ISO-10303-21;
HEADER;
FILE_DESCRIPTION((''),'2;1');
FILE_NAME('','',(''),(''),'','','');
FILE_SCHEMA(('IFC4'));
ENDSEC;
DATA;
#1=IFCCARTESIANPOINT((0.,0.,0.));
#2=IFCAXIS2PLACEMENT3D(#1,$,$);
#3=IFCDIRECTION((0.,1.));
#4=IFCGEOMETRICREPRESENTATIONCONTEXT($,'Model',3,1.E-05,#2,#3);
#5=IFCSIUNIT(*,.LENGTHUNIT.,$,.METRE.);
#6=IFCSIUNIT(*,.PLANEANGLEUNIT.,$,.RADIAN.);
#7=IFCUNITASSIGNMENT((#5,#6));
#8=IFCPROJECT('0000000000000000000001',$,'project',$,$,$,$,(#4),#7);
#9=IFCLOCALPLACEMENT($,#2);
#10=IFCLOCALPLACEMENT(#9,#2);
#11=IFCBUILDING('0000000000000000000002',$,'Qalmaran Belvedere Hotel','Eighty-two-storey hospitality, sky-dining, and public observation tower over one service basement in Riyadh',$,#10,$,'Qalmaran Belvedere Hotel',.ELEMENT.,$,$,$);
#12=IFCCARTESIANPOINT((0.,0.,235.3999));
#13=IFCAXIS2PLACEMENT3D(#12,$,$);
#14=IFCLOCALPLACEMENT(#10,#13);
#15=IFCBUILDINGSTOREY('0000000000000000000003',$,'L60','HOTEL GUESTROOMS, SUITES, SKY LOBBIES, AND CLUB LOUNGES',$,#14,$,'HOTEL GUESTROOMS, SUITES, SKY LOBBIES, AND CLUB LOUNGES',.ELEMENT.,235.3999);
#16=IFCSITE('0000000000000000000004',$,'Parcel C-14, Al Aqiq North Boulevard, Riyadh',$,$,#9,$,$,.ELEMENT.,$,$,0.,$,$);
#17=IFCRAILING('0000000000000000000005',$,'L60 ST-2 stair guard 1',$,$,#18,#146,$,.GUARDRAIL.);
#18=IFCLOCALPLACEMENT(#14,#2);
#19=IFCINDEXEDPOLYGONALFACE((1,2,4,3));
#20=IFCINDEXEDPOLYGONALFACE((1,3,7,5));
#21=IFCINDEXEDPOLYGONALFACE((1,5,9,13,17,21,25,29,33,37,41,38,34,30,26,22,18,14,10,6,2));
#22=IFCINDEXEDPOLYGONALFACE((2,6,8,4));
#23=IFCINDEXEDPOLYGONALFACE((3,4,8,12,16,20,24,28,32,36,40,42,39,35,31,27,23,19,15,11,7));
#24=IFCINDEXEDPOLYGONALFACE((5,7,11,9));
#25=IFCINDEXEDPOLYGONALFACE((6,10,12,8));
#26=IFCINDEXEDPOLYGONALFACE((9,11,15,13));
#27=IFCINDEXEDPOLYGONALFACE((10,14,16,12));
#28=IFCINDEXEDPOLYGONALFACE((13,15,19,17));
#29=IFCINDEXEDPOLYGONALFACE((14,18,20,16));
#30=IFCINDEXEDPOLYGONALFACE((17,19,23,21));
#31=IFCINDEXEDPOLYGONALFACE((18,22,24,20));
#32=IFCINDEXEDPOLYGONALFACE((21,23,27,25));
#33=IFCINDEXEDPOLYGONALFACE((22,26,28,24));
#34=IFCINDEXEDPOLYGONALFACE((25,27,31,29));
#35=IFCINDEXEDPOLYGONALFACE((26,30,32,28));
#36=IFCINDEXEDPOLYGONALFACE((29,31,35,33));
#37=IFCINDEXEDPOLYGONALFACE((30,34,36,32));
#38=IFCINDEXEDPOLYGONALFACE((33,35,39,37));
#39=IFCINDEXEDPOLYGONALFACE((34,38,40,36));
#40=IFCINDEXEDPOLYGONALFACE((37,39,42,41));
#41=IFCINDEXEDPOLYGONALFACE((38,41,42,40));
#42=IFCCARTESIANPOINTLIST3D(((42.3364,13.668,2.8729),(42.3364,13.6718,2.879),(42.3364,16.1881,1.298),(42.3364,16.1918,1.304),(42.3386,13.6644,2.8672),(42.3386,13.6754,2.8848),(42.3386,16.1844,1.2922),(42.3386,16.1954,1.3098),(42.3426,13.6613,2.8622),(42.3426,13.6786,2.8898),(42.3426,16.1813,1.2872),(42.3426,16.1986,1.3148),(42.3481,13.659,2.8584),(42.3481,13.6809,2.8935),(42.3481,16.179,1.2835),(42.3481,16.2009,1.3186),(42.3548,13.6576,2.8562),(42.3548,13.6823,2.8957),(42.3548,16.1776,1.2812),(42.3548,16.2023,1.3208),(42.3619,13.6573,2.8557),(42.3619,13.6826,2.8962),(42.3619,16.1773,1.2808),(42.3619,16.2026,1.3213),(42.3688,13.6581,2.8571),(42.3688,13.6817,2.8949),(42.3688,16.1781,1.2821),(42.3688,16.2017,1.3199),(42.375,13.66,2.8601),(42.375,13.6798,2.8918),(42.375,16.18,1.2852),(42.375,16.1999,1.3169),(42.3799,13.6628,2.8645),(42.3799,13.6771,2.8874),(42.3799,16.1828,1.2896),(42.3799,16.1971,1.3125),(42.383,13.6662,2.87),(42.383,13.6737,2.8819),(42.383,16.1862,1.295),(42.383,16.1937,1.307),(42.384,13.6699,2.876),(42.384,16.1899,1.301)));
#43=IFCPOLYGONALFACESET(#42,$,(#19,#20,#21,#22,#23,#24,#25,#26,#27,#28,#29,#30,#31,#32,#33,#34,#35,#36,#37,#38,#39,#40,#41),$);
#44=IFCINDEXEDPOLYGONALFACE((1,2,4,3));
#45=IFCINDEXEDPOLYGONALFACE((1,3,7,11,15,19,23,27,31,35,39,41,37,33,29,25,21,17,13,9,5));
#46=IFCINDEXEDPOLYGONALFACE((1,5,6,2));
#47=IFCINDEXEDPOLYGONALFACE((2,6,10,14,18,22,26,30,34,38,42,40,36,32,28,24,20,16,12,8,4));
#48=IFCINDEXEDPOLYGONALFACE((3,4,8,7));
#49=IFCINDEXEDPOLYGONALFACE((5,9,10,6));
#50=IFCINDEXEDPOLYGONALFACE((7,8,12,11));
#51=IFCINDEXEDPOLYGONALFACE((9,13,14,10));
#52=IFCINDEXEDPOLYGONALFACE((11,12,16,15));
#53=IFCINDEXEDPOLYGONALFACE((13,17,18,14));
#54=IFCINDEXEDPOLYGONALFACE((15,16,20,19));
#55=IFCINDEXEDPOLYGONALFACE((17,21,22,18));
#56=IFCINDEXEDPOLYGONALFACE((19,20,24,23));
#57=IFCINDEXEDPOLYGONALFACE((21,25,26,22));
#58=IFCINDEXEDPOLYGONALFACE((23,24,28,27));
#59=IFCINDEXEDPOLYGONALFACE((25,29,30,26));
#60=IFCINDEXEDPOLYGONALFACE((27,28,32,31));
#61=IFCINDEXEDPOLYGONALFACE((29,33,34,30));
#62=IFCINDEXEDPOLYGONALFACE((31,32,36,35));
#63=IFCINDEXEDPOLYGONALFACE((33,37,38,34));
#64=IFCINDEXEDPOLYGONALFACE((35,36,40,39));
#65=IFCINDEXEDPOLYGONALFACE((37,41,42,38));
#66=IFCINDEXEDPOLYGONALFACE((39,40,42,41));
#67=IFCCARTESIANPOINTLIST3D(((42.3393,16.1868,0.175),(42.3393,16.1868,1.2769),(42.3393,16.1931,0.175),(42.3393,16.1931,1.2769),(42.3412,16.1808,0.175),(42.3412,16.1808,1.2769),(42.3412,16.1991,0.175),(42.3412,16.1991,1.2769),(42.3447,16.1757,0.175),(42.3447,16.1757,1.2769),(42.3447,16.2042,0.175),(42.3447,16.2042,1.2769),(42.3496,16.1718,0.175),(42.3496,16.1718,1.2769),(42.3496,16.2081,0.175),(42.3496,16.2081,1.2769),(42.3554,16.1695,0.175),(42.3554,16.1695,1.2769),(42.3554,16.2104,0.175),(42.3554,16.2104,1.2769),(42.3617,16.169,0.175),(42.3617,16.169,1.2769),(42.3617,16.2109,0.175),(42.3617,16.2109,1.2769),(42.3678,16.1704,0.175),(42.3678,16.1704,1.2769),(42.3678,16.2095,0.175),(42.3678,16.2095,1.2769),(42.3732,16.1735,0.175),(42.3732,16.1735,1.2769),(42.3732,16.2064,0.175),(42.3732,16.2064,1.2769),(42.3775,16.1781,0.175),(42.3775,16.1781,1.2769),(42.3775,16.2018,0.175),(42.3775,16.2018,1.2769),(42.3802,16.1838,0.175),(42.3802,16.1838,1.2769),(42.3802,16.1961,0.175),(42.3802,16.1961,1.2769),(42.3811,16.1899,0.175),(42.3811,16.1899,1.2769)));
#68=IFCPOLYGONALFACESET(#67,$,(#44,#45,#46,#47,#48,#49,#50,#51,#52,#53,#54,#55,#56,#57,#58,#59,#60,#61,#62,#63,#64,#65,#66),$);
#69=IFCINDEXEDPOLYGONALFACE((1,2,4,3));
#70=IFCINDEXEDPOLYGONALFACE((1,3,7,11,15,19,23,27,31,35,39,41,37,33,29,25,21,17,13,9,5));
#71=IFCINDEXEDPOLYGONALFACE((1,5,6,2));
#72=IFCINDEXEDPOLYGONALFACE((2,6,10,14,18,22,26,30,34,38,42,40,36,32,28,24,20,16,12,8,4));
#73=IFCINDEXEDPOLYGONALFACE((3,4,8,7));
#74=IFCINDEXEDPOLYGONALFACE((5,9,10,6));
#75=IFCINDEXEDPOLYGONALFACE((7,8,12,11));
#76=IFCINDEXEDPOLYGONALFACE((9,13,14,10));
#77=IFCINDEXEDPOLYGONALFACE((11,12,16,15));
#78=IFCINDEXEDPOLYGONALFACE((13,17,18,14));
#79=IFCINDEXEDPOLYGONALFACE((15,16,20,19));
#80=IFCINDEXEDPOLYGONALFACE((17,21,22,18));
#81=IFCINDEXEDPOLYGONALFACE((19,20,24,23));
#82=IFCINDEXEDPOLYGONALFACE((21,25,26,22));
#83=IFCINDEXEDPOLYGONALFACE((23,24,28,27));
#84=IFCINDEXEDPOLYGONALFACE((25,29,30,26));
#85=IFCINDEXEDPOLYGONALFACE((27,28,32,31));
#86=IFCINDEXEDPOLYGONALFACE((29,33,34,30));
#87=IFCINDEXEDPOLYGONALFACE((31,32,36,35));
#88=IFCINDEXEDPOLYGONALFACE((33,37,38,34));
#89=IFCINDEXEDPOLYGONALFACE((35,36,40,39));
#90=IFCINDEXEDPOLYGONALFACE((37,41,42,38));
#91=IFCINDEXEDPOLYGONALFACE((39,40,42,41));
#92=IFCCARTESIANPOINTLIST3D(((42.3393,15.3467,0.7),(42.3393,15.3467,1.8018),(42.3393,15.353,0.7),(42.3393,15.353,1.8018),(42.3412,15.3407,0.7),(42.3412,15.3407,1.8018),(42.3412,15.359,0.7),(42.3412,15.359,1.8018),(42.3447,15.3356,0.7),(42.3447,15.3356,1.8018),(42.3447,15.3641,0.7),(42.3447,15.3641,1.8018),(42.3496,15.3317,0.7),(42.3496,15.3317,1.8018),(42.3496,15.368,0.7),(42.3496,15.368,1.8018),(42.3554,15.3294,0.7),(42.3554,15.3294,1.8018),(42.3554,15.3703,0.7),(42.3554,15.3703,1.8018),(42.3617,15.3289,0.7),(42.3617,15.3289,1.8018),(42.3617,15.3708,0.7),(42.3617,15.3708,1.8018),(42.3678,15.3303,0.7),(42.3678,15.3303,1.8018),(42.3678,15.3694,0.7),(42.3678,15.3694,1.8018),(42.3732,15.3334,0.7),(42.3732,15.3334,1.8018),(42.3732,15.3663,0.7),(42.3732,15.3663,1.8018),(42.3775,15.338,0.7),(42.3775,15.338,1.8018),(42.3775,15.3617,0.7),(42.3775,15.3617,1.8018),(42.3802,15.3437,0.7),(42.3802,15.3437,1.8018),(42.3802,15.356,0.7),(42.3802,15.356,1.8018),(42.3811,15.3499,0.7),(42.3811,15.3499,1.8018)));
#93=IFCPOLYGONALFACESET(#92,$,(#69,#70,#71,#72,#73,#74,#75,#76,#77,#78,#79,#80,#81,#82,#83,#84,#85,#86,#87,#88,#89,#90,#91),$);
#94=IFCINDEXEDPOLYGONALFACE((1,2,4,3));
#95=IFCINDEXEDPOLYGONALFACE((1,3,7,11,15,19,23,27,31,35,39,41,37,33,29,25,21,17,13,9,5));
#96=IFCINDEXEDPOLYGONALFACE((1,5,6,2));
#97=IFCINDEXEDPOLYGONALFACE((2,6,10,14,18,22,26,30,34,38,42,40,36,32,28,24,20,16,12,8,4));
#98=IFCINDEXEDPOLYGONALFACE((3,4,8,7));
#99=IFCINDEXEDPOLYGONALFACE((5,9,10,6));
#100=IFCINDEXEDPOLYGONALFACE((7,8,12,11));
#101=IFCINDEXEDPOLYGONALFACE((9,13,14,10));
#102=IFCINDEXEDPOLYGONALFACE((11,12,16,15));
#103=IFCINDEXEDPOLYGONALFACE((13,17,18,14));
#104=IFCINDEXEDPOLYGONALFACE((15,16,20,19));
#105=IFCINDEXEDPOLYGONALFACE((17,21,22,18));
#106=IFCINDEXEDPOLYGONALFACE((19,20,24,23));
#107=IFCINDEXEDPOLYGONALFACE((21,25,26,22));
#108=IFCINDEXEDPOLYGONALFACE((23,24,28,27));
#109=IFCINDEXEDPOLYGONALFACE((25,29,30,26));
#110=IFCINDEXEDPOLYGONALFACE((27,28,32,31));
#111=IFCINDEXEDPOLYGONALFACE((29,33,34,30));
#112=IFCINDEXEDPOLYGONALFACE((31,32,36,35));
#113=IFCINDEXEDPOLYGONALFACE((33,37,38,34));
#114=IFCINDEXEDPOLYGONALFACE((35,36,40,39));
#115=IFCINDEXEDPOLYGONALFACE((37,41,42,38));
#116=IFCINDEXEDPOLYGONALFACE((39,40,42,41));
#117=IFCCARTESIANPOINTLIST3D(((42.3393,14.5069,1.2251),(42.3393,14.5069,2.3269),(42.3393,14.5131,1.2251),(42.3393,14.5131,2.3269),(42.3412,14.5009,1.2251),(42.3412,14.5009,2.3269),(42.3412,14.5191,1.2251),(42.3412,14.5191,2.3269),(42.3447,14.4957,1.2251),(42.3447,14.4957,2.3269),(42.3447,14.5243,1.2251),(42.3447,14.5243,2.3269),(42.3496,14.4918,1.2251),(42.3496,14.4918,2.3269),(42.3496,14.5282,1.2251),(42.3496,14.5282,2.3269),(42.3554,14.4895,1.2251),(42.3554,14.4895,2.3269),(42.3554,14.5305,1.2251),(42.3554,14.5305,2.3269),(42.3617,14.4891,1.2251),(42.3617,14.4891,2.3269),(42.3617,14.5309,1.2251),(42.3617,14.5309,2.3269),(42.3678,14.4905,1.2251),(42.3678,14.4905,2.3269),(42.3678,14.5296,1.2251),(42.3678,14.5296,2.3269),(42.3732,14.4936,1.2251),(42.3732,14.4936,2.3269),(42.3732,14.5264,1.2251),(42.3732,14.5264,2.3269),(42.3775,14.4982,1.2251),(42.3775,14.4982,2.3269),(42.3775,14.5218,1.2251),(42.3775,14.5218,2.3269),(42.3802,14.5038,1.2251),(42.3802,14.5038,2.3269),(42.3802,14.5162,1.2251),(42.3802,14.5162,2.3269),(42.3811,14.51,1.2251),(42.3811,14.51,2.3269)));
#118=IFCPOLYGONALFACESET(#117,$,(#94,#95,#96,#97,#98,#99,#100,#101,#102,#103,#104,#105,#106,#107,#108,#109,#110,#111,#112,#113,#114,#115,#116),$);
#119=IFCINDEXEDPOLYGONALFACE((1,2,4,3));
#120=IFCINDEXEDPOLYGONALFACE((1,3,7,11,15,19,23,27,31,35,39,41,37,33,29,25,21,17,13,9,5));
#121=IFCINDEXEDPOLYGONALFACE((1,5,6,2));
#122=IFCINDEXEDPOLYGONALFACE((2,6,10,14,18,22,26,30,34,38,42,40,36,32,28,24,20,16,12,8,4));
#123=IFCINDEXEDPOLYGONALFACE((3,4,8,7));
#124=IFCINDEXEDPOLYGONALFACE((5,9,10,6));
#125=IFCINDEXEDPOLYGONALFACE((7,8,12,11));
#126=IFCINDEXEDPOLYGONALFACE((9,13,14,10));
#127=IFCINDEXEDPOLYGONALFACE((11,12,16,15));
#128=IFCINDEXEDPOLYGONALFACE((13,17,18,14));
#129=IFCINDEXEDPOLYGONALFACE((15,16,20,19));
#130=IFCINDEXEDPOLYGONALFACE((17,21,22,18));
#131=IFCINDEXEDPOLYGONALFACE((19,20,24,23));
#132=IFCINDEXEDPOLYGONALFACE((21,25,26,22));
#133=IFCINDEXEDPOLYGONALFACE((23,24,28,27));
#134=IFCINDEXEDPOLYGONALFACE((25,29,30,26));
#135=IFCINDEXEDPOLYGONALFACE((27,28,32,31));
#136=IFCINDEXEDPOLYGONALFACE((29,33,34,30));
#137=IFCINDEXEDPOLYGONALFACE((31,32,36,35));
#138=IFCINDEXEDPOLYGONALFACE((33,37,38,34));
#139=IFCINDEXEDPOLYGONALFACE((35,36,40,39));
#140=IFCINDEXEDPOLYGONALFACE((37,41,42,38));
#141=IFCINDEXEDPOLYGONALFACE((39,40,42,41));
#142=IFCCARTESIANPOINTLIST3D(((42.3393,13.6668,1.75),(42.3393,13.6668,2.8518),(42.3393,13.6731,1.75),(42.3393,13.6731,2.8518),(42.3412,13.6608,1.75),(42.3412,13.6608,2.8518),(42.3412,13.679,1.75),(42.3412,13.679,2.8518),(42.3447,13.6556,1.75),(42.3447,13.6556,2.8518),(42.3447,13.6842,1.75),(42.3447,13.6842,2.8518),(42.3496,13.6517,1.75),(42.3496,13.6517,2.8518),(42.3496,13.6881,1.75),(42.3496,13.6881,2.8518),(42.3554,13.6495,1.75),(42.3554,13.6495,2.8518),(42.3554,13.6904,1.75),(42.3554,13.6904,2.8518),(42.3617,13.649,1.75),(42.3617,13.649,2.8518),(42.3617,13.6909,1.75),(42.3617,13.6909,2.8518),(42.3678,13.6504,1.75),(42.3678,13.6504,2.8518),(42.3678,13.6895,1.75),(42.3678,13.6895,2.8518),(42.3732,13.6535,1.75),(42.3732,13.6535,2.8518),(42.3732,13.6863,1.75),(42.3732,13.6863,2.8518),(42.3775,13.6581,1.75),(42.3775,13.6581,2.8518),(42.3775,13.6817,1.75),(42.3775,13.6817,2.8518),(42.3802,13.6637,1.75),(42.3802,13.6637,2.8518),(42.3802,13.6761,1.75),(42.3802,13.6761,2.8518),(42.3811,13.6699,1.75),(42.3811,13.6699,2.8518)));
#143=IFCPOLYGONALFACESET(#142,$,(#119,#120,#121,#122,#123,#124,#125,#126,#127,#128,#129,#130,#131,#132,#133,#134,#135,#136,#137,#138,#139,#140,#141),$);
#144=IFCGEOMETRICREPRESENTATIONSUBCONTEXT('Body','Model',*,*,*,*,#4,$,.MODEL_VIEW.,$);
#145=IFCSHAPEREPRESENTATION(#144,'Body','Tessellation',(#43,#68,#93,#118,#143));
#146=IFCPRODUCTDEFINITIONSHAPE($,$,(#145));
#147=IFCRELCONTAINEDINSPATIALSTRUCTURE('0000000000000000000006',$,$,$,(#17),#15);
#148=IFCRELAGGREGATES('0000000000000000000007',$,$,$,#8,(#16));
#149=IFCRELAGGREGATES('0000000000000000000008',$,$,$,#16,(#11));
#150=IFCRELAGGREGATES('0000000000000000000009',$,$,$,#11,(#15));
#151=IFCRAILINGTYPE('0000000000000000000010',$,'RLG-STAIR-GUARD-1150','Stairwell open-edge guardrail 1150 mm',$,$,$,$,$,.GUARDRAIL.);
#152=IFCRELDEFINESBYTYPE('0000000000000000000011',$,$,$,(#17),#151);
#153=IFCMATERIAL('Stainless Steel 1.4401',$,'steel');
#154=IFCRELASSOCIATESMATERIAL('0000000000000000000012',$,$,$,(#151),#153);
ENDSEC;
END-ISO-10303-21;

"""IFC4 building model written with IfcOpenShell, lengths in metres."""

from ifc_helpers import new_model, si_unit, direction, frame, origin, origin_2d, place, context, subcontext, project, spatial, circle, extrude, material, type_object, element, save


model = new_model("IFC4")

# Units and contexts
model_context = context("Model", 3, precision=1e-05, world=origin(), true_north=direction((0.0, 1.0)))
body_context = subcontext(model_context, "Body", "Model", "MODEL_VIEW")
ifc_project = project(units=[si_unit("LENGTHUNIT", "METRE"), si_unit("PLANEANGLEUNIT", "RADIAN")], contexts=[model_context])

# Site, building, storey
site_placement = place(None, origin())
site = spatial("IfcSite", under=ifc_project, at=site_placement, Name="Parcel C-14, Al Aqiq North Boulevard, Riyadh", CompositionType="ELEMENT", RefElevation=0.0)
building_placement = place(site_placement, origin())
building = spatial("IfcBuilding", under=site, at=building_placement, Name="Qalmaran Belvedere Hotel", Description="Eighty-two-storey hospitality, sky-dining, and public observation tower over one service basement in Riyadh", LongName="Qalmaran Belvedere Hotel", CompositionType="ELEMENT")
storey_placement = place(building_placement, frame((0.0, 0.0, 235.3999)))
storey = spatial("IfcBuildingStorey", under=building, at=storey_placement, Name="L60", Description="HOTEL GUESTROOMS, SUITES, SKY LOBBIES, AND CLUB LOUNGES", LongName="HOTEL GUESTROOMS, SUITES, SKY LOBBIES, AND CLUB LOUNGES", CompositionType="ELEMENT", Elevation=235.3999)

# Shared definitions
ifc_material_1 = material(Name="Stainless Steel 1.4401", Category="steel")

# Railing
railing_type_1 = type_object("IfcRailingType", Name="RLG-STAIR-GUARD-1150", Description="Stairwell open-edge guardrail 1150 mm", PredefinedType="GUARDRAIL", material=ifc_material_1)
railing_1_placement = place(storey_placement, frame((42.3601, 16.1899, 0.175)))
element("IfcRailing", 1, at=railing_1_placement, inside=storey, type_object=railing_type_1, Name="L60 ST-2 stair guard 1", PredefinedType="GUARDRAIL", context=body_context, shape_type="SweptSolid", body=[
    extrude(circle(Radius=0.0239, at=origin_2d()), frame((0.0, 0.0, 1.126), z_axis=(0.0, -0.848008, 0.529984), x_axis=(1.0, 0.0, 0.0)), (0.0, 0.0, 1.0), 2.9717),
    extrude(circle(Radius=0.021, at=origin_2d()), origin(), (0.0, 0.0, 1.0), 1.1018),
    extrude(circle(Radius=0.021, at=origin_2d()), frame((0.0, -0.8401, 0.5249)), (0.0, 0.0, 1.0), 1.1018),
    extrude(circle(Radius=0.021, at=origin_2d()), frame((0.0, -1.6799, 1.05)), (0.0, 0.0, 1.0), 1.1018),
    extrude(circle(Radius=0.021, at=origin_2d()), frame((0.0, -2.52, 1.575)), (0.0, 0.0, 1.0), 1.1018),
])

save(model, "model.ifc")
